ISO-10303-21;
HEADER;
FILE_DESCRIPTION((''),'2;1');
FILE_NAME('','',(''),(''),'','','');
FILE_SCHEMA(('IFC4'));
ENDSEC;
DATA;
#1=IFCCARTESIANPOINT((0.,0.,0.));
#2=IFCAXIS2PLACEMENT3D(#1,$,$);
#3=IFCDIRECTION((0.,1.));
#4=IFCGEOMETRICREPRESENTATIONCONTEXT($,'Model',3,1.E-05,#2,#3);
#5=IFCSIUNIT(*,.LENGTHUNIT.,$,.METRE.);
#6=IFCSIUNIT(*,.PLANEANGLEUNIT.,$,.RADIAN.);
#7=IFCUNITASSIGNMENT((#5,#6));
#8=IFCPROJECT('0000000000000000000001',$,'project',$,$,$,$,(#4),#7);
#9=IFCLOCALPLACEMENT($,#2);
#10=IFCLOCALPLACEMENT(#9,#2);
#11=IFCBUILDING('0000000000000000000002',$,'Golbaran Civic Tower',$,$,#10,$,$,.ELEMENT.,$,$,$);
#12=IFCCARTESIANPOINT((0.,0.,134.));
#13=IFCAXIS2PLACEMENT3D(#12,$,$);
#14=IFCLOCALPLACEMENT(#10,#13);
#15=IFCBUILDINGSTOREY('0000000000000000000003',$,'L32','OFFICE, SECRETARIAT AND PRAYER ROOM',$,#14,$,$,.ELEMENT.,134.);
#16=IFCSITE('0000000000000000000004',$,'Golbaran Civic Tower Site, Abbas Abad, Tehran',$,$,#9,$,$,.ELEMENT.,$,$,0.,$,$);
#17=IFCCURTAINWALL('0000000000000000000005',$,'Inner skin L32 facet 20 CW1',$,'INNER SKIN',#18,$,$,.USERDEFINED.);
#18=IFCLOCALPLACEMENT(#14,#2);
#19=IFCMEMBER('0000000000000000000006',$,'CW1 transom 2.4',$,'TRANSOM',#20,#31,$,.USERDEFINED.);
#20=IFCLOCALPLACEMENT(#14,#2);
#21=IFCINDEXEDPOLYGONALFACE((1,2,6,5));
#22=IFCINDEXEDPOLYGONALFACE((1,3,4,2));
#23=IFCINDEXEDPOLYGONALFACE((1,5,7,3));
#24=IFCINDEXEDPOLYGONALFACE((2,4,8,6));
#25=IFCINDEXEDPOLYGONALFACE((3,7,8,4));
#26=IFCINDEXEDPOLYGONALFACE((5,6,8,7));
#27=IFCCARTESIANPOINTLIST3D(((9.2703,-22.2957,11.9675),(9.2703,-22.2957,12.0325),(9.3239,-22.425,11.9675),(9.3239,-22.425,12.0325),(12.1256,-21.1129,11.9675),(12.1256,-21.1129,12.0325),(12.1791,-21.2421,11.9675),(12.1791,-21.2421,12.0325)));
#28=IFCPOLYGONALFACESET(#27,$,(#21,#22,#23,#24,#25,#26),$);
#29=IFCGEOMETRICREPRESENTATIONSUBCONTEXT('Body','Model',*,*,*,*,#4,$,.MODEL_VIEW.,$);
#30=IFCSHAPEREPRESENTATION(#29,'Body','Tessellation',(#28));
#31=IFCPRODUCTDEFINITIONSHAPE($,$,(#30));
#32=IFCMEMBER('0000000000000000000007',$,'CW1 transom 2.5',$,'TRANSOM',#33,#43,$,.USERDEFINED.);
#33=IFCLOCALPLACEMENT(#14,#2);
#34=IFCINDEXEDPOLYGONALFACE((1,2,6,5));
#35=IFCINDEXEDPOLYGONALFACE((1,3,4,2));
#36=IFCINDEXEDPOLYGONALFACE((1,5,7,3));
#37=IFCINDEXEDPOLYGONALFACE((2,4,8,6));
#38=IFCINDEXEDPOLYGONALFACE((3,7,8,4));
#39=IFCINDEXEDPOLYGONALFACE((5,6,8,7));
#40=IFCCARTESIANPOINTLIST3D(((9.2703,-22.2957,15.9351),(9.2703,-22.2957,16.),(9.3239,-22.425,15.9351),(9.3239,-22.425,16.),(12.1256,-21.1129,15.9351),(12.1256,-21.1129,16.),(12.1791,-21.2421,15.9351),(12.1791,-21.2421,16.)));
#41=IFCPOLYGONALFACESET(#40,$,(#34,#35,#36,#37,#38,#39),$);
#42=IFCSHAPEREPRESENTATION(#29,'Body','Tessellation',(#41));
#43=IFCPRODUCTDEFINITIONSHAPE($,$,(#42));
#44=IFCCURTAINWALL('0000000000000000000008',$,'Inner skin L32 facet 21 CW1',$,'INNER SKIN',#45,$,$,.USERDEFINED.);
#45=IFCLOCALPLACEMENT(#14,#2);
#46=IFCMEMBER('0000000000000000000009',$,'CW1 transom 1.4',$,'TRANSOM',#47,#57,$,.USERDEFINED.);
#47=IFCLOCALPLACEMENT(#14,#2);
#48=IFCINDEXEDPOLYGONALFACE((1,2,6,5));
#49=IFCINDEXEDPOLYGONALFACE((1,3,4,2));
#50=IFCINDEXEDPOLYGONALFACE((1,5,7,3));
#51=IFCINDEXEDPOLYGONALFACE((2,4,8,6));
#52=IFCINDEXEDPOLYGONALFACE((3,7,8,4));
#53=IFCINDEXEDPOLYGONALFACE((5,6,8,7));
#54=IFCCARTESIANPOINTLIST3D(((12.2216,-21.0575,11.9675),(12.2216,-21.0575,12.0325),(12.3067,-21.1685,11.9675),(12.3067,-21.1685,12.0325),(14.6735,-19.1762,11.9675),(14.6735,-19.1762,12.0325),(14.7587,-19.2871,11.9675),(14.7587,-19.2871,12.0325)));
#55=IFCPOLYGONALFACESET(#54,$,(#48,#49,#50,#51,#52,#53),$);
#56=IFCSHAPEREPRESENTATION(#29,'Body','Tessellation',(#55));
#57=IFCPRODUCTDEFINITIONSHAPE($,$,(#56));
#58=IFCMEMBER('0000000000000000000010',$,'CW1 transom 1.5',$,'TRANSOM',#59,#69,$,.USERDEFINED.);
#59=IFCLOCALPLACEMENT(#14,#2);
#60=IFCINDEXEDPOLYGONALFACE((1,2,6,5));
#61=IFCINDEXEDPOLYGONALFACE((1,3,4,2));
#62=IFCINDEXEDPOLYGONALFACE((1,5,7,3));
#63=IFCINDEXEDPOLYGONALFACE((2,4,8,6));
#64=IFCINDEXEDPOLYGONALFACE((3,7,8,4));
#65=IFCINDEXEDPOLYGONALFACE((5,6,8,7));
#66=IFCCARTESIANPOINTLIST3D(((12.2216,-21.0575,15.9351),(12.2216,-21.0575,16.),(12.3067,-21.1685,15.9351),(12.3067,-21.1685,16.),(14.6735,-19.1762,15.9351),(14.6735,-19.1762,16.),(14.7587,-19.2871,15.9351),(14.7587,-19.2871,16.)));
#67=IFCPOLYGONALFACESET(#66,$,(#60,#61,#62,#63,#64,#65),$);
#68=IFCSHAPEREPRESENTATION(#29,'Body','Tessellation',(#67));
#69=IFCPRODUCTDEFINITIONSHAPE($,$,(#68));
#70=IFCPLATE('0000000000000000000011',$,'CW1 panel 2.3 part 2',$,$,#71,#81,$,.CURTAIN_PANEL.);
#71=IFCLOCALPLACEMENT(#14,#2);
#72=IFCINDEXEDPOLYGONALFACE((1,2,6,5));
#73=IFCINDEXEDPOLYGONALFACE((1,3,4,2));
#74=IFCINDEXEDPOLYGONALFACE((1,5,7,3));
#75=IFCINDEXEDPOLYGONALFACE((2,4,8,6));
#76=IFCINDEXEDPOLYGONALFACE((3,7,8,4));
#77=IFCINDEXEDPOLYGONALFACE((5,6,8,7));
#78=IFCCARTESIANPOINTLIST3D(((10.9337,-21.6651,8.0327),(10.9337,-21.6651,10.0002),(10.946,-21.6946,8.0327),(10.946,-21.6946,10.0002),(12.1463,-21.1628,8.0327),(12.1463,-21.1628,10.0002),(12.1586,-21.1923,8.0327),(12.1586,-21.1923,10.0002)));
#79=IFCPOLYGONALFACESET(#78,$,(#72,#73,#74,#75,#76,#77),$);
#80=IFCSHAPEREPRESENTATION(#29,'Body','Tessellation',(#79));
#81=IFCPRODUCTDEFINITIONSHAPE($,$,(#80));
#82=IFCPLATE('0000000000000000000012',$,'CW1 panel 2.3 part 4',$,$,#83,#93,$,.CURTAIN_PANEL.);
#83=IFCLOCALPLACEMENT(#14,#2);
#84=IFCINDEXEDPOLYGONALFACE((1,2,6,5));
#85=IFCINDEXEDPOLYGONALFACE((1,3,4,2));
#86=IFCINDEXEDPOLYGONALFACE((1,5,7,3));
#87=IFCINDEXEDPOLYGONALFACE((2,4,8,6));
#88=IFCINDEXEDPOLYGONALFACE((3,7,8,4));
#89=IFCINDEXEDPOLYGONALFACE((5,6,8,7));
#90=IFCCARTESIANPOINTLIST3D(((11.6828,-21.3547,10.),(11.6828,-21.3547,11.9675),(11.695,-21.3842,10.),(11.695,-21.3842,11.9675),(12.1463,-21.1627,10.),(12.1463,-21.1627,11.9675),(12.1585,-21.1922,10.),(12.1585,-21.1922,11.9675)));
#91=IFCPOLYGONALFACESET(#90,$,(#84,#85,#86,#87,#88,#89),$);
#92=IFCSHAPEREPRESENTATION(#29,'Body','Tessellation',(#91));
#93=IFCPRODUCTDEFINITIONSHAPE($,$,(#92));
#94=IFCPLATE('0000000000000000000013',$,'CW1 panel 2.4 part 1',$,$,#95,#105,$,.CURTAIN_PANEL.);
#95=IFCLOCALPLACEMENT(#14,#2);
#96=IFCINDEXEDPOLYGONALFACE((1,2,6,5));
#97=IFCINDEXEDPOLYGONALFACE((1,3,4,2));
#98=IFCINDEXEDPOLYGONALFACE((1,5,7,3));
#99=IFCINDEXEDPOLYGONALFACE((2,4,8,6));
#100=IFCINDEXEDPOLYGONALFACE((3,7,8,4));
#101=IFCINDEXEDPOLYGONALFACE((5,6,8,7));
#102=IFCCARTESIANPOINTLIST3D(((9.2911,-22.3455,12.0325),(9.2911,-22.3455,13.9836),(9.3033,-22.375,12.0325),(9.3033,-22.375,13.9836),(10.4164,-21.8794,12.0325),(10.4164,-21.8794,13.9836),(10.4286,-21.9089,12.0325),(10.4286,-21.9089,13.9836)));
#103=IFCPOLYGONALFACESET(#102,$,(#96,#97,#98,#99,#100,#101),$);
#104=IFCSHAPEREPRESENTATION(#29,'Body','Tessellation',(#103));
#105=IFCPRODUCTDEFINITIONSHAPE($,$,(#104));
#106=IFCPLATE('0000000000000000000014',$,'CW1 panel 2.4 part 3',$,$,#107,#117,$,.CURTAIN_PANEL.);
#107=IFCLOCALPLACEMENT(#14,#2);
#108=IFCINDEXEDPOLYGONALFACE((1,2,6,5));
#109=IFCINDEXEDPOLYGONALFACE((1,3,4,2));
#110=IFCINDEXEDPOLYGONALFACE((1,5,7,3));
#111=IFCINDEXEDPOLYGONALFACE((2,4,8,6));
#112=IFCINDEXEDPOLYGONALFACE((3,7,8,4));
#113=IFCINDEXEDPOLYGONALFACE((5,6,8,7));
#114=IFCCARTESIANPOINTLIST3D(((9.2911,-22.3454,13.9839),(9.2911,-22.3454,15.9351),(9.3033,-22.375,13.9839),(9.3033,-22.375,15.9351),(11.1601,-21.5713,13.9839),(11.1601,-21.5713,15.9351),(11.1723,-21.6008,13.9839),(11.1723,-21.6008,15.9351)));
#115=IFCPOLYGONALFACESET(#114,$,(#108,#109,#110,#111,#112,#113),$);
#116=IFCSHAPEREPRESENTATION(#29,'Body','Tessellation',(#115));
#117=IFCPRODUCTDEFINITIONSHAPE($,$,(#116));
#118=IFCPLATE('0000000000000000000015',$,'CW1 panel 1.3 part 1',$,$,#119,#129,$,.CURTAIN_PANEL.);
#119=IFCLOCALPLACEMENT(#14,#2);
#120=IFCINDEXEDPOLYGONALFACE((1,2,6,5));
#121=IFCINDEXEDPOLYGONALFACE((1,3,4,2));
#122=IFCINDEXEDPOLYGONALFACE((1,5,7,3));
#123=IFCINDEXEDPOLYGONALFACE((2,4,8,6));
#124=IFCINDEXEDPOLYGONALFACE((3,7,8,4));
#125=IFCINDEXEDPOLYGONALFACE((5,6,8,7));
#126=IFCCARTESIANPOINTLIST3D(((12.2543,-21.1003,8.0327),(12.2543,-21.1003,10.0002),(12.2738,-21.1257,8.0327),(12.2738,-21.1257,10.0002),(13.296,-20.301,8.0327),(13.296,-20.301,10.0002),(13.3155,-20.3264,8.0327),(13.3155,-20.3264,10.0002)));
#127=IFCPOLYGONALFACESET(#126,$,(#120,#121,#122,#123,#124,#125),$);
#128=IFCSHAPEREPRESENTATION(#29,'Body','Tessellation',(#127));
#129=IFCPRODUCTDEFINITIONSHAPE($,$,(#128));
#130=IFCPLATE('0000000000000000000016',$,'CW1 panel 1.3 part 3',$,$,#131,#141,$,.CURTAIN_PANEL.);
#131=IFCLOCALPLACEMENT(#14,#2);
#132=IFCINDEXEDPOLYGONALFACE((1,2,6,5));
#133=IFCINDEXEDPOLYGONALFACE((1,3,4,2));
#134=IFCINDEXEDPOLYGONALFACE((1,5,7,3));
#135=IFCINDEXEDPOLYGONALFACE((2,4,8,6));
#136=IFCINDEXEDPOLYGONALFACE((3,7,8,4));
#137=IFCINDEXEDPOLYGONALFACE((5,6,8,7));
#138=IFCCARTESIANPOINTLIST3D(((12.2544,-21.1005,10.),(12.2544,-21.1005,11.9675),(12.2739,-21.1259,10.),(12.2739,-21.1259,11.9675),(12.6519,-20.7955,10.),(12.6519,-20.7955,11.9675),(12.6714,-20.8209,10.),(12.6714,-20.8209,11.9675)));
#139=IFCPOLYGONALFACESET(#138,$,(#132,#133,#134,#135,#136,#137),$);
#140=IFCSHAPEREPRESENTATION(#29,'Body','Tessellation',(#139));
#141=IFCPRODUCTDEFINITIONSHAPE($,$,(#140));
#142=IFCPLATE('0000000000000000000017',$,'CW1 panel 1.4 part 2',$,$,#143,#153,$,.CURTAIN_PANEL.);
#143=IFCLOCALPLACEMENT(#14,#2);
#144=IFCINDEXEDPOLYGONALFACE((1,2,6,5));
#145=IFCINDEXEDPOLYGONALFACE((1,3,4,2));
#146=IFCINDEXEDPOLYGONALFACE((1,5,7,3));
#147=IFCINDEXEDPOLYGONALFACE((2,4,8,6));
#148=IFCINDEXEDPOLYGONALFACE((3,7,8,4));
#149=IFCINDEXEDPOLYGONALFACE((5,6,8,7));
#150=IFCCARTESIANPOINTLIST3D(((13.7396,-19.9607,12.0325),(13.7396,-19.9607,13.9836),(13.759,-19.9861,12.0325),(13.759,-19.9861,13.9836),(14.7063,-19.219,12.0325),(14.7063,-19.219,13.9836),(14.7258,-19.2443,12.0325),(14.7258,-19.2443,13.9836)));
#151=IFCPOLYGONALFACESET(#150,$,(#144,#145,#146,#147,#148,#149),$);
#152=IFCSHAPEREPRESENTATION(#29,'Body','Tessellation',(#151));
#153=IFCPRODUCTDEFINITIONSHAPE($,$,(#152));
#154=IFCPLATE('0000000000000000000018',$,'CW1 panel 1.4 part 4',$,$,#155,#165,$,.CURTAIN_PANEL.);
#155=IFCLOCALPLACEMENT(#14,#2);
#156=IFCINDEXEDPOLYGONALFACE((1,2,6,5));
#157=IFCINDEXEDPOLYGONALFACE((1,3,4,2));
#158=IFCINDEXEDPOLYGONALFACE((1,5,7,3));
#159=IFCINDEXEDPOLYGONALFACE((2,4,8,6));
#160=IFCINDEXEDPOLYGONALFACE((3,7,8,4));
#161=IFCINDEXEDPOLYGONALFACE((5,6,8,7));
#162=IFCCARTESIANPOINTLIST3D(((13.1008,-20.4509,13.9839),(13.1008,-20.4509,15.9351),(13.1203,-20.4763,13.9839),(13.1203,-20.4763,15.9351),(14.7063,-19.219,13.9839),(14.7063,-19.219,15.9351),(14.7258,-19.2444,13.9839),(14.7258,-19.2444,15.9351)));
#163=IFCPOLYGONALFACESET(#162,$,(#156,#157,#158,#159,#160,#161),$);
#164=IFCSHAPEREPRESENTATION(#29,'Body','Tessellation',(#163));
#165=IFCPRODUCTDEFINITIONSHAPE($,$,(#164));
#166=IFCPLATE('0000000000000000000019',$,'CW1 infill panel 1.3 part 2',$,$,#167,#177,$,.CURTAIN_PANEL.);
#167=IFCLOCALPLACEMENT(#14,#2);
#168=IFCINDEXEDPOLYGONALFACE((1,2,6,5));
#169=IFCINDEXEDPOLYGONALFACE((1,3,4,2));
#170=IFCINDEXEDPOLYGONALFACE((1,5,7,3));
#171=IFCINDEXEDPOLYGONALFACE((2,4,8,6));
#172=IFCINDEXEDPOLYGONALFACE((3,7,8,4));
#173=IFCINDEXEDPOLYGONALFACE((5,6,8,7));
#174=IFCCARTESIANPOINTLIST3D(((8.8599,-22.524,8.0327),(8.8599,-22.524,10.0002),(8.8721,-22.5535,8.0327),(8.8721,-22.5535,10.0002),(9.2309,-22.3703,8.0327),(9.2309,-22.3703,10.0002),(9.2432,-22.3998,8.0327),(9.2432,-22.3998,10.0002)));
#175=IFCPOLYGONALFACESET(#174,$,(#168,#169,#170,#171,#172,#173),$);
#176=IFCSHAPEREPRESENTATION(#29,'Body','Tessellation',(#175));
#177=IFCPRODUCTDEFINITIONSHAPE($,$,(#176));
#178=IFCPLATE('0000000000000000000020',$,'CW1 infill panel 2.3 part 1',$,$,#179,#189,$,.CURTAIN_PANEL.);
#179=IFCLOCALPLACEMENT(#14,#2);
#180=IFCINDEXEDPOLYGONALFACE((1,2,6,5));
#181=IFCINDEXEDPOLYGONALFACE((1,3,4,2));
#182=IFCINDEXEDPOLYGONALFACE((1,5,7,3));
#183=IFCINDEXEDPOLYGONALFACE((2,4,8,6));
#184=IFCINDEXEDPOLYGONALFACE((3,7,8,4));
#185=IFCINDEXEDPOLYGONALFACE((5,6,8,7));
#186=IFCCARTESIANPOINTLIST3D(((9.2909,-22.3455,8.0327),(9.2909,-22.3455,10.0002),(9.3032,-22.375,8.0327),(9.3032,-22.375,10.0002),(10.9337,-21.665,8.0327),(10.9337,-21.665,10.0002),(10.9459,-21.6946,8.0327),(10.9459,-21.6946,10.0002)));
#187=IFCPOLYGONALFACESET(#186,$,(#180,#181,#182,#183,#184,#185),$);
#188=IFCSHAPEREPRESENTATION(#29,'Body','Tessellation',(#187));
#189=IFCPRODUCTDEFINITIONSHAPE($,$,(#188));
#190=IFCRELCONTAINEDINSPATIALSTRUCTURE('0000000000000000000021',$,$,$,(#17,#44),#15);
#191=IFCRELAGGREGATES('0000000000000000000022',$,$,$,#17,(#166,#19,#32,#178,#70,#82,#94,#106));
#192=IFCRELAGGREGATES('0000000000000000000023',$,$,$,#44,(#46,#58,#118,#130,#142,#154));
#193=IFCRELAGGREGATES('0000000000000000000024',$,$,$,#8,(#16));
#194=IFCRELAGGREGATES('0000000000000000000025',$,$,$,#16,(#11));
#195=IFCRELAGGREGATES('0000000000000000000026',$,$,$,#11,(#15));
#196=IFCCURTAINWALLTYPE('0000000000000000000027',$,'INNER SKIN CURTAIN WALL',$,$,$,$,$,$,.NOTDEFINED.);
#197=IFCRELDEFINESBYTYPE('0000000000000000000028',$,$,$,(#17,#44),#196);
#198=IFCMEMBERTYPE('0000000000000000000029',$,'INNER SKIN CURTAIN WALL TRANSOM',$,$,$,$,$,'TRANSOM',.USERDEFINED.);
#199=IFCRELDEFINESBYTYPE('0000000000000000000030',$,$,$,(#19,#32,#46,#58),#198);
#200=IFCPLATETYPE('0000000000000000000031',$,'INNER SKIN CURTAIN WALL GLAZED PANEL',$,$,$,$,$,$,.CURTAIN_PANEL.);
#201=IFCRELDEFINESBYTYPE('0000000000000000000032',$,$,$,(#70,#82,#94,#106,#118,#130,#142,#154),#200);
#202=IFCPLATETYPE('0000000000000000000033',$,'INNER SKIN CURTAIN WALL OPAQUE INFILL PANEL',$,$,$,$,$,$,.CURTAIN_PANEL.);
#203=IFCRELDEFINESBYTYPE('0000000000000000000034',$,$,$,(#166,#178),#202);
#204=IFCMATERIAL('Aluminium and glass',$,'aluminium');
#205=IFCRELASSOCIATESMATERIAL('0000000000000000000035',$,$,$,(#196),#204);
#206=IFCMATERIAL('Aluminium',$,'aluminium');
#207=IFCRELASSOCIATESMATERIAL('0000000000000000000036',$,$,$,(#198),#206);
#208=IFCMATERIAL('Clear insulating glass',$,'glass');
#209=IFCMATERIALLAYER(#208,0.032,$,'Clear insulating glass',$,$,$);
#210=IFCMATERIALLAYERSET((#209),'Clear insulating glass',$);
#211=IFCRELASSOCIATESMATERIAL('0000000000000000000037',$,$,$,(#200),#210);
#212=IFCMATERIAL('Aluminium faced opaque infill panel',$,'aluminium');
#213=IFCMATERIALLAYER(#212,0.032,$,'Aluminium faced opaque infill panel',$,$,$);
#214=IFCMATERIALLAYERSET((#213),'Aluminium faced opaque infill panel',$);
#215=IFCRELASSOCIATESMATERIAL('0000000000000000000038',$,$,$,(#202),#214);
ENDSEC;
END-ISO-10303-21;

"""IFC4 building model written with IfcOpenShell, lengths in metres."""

from ifc_helpers import new_model, si_unit, direction, frame, origin, origin_2d, place, context, subcontext, project, spatial, rectangle, extrude, material, layer, layer_set, material_profile, profile_set, type_object, element, aggregate, save


model = new_model("IFC4")

# Units and contexts
model_context = context("Model", 3, precision=1e-05, world=origin(), true_north=direction((0.0, 1.0)))
body_context = subcontext(model_context, "Body", "Model", "MODEL_VIEW")
ifc_project = project(units=[si_unit("LENGTHUNIT", "METRE"), si_unit("PLANEANGLEUNIT", "RADIAN")], contexts=[model_context])

# Site, building, storey
site_placement = place(None, origin())
site = spatial("IfcSite", under=ifc_project, at=site_placement, Name="Golbaran Civic Tower Site, Abbas Abad, Tehran", CompositionType="ELEMENT", RefElevation=0.0)
building_placement = place(site_placement, origin())
building = spatial("IfcBuilding", under=site, at=building_placement, Name="Golbaran Civic Tower", CompositionType="ELEMENT")
storey_placement = place(building_placement, frame((0.0, 0.0, 134.0)))
storey = spatial("IfcBuildingStorey", under=building, at=storey_placement, Name="L32", Description="OFFICE, SECRETARIAT AND PRAYER ROOM", CompositionType="ELEMENT", Elevation=134.0)

# Curtain walls, members
ifc_material_1 = material(Name="Aluminium and glass", Category="aluminium")
curtain_wall_type = type_object("IfcCurtainWallType", Name="INNER SKIN CURTAIN WALL", PredefinedType="NOTDEFINED", material=ifc_material_1)
curtain_wall_1_placement = place(storey_placement, origin())
curtain_wall_1 = element("IfcCurtainWall", 1, at=curtain_wall_1_placement, inside=storey, type_object=curtain_wall_type, Name="Inner skin L32 facet 20 CW1", ObjectType="INNER SKIN", PredefinedType="USERDEFINED")
ifc_material_2 = material(Name="Aluminium", Category="aluminium")
ifc_material_profile = material_profile(ifc_material_2, rectangle(XDim=0.1399, YDim=0.0649, at=origin_2d()), Name="INNER SKIN CURTAIN WALL TRANSOM")
ifc_profile_set = profile_set([ifc_material_profile], Name="Aluminium")
member_type = type_object("IfcMemberType", Name="INNER SKIN CURTAIN WALL TRANSOM", ElementType="TRANSOM", PredefinedType="USERDEFINED", material=ifc_profile_set)
member_1_placement = place(storey_placement, frame((9.2971, -22.3604, 12.0), z_axis=(0.923858, 0.382736, 0.0), x_axis=(-0.382736, 0.923858, 0.0)))
member_1 = element("IfcMember", 2, at=member_1_placement, type_object=member_type, Name="CW1 transom 2.4", ObjectType="TRANSOM", PredefinedType="USERDEFINED", context=body_context, shape_type="SweptSolid", body=[
    extrude(rectangle(XDim=0.1399, YDim=0.0649, at=origin_2d()), origin(), (0.0, 0.0, 1.0), 3.0906),
])
member_2_placement = place(storey_placement, frame((9.2971, -22.3604, 15.9675), z_axis=(0.923858, 0.382736, 0.0), x_axis=(-0.382736, 0.923858, 0.0)))
member_2 = element("IfcMember", 3, at=member_2_placement, type_object=member_type, Name="CW1 transom 2.5", ObjectType="TRANSOM", PredefinedType="USERDEFINED", context=body_context, shape_type="SweptSolid", body=[
    extrude(rectangle(XDim=0.1399, YDim=0.0649, at=origin_2d()), origin(), (0.0, 0.0, 1.0), 3.0906),
])
curtain_wall_2_placement = place(storey_placement, origin())
curtain_wall_2 = element("IfcCurtainWall", 4, at=curtain_wall_2_placement, inside=storey, type_object=curtain_wall_type, Name="Inner skin L32 facet 21 CW1", ObjectType="INNER SKIN", PredefinedType="USERDEFINED")
member_3_placement = place(storey_placement, frame((12.2642, -21.113, 12.0), z_axis=(0.793363, 0.608748, 0.0), x_axis=(-0.608748, 0.793363, 0.0)))
member_3 = element("IfcMember", 5, at=member_3_placement, type_object=member_type, Name="CW1 transom 1.4", ObjectType="TRANSOM", PredefinedType="USERDEFINED", context=body_context, shape_type="SweptSolid", body=[
    extrude(rectangle(XDim=0.1399, YDim=0.0649, at=origin_2d()), origin(), (0.0, 0.0, 1.0), 3.0906),
])
member_4_placement = place(storey_placement, frame((12.2642, -21.113, 15.9675), z_axis=(0.793363, 0.608748, 0.0), x_axis=(-0.608748, 0.793363, 0.0)))
member_4 = element("IfcMember", 6, at=member_4_placement, type_object=member_type, Name="CW1 transom 1.5", ObjectType="TRANSOM", PredefinedType="USERDEFINED", context=body_context, shape_type="SweptSolid", body=[
    extrude(rectangle(XDim=0.1399, YDim=0.0649, at=origin_2d()), origin(), (0.0, 0.0, 1.0), 3.0906),
])

# Plates
ifc_material_3 = material(Name="Clear insulating glass", Category="glass")
ifc_layer_1 = layer(ifc_material_3, 0.032, Name="Clear insulating glass")
ifc_layer_set_1 = layer_set([ifc_layer_1], Name="Clear insulating glass")
plate_type_1 = type_object("IfcPlateType", Name="INNER SKIN CURTAIN WALL GLAZED PANEL", PredefinedType="CURTAIN_PANEL", material=ifc_layer_set_1)
plate_1_placement = place(storey_placement, frame((11.5461, -21.4287, 8.0327), z_axis=(0.0, 0.0, 1.0), x_axis=(0.92388, 0.382683, 0.0)))
plate_1 = element("IfcPlate", 7, at=plate_1_placement, type_object=plate_type_1, Name="CW1 panel 2.3 part 2", PredefinedType="CURTAIN_PANEL", context=body_context, shape_type="SweptSolid", body=[
    extrude(rectangle(XDim=1.3125, YDim=0.032, at=origin_2d()), origin(), (0.0, 0.0, 1.0), 1.9675),
])
plate_2_placement = place(storey_placement, frame((11.9207, -21.2734, 10.0), z_axis=(0.0, 0.0, 1.0), x_axis=(0.92388, 0.382683, 0.0)))
plate_2 = element("IfcPlate", 8, at=plate_2_placement, type_object=plate_type_1, Name="CW1 panel 2.3 part 4", PredefinedType="CURTAIN_PANEL", context=body_context, shape_type="SweptSolid", body=[
    extrude(rectangle(XDim=0.5017, YDim=0.032, at=origin_2d()), origin(), (0.0, 0.0, 1.0), 1.9675),
])
plate_3_placement = place(storey_placement, frame((9.8599, -22.1272, 12.0325), z_axis=(0.0, 0.0, 1.0), x_axis=(0.92388, 0.382683, 0.0)))
plate_3 = element("IfcPlate", 9, at=plate_3_placement, type_object=plate_type_1, Name="CW1 panel 2.4 part 1", PredefinedType="CURTAIN_PANEL", context=body_context, shape_type="SweptSolid", body=[
    extrude(rectangle(XDim=1.218, YDim=0.032, at=origin_2d()), origin(), (0.0, 0.0, 1.0), 1.9512),
])
plate_4_placement = place(storey_placement, frame((10.2317, -21.9731, 13.9839), z_axis=(0.0, 0.0, 1.0), x_axis=(0.92388, 0.382683, 0.0)))
plate_4 = element("IfcPlate", 10, at=plate_4_placement, type_object=plate_type_1, Name="CW1 panel 2.4 part 3", PredefinedType="CURTAIN_PANEL", context=body_context, shape_type="SweptSolid", body=[
    extrude(rectangle(XDim=2.0229, YDim=0.032, at=origin_2d()), origin(), (0.0, 0.0, 1.0), 1.9512),
])
plate_5_placement = place(storey_placement, frame((12.7849, -20.7134, 8.0327), z_axis=(0.0, 0.0, 1.0), x_axis=(0.793353, 0.608761, 0.0)))
plate_5 = element("IfcPlate", 11, at=plate_5_placement, type_object=plate_type_1, Name="CW1 panel 1.3 part 1", PredefinedType="CURTAIN_PANEL", context=body_context, shape_type="SweptSolid", body=[
    extrude(rectangle(XDim=1.313, YDim=0.032, at=origin_2d()), origin(), (0.0, 0.0, 1.0), 1.9675),
])
plate_6_placement = place(storey_placement, frame((12.4629, -20.9607, 10.0), z_axis=(0.0, 0.0, 1.0), x_axis=(0.793353, 0.608761, 0.0)))
plate_6 = element("IfcPlate", 12, at=plate_6_placement, type_object=plate_type_1, Name="CW1 panel 1.3 part 3", PredefinedType="CURTAIN_PANEL", context=body_context, shape_type="SweptSolid", body=[
    extrude(rectangle(XDim=0.501, YDim=0.032, at=origin_2d()), origin(), (0.0, 0.0, 1.0), 1.9675),
])
plate_7_placement = place(storey_placement, frame((14.2327, -19.6025, 12.0325), z_axis=(0.0, 0.0, 1.0), x_axis=(0.793353, 0.608761, 0.0)))
plate_7 = element("IfcPlate", 13, at=plate_7_placement, type_object=plate_type_1, Name="CW1 panel 1.4 part 2", PredefinedType="CURTAIN_PANEL", context=body_context, shape_type="SweptSolid", body=[
    extrude(rectangle(XDim=1.2185, YDim=0.032, at=origin_2d()), origin(), (0.0, 0.0, 1.0), 1.9512),
])
plate_8_placement = place(storey_placement, frame((13.9133, -19.8477, 13.9839), z_axis=(0.0, 0.0, 1.0), x_axis=(0.793353, 0.608761, 0.0)))
plate_8 = element("IfcPlate", 14, at=plate_8_placement, type_object=plate_type_1, Name="CW1 panel 1.4 part 4", PredefinedType="CURTAIN_PANEL", context=body_context, shape_type="SweptSolid", body=[
    extrude(rectangle(XDim=2.0237, YDim=0.032, at=origin_2d()), origin(), (0.0, 0.0, 1.0), 1.9512),
])
ifc_material_4 = material(Name="Aluminium faced opaque infill panel", Category="aluminium")
ifc_layer_2 = layer(ifc_material_4, 0.032, Name="Aluminium faced opaque infill panel")
ifc_layer_set_2 = layer_set([ifc_layer_2], Name="Aluminium faced opaque infill panel")
plate_type_2 = type_object("IfcPlateType", Name="INNER SKIN CURTAIN WALL OPAQUE INFILL PANEL", PredefinedType="CURTAIN_PANEL", material=ifc_layer_set_2)
plate_9_placement = place(storey_placement, frame((9.0515, -22.4619, 8.0327), z_axis=(0.0, 0.0, 1.0), x_axis=(0.92388, 0.382683, 0.0)))
plate_9 = element("IfcPlate", 15, at=plate_9_placement, type_object=plate_type_2, Name="CW1 infill panel 1.3 part 2", PredefinedType="CURTAIN_PANEL", context=body_context, shape_type="SweptSolid", body=[
    extrude(rectangle(XDim=0.4016, YDim=0.032, at=origin_2d()), origin(), (0.0, 0.0, 1.0), 1.9675),
])
plate_10_placement = place(storey_placement, frame((10.1184, -22.02, 8.0327), z_axis=(0.0, 0.0, 1.0), x_axis=(0.92388, 0.382683, 0.0)))
plate_10 = element("IfcPlate", 16, at=plate_10_placement, type_object=plate_type_2, Name="CW1 infill panel 2.3 part 1", PredefinedType="CURTAIN_PANEL", context=body_context, shape_type="SweptSolid", body=[
    extrude(rectangle(XDim=1.7781, YDim=0.032, at=origin_2d()), origin(), (0.0, 0.0, 1.0), 1.9675),
])
aggregate(curtain_wall_1, [plate_9, member_1, member_2, plate_10, plate_1, plate_2, plate_3, plate_4])
aggregate(curtain_wall_2, [member_3, member_4, plate_5, plate_6, plate_7, plate_8])

save(model, "model.ifc")
